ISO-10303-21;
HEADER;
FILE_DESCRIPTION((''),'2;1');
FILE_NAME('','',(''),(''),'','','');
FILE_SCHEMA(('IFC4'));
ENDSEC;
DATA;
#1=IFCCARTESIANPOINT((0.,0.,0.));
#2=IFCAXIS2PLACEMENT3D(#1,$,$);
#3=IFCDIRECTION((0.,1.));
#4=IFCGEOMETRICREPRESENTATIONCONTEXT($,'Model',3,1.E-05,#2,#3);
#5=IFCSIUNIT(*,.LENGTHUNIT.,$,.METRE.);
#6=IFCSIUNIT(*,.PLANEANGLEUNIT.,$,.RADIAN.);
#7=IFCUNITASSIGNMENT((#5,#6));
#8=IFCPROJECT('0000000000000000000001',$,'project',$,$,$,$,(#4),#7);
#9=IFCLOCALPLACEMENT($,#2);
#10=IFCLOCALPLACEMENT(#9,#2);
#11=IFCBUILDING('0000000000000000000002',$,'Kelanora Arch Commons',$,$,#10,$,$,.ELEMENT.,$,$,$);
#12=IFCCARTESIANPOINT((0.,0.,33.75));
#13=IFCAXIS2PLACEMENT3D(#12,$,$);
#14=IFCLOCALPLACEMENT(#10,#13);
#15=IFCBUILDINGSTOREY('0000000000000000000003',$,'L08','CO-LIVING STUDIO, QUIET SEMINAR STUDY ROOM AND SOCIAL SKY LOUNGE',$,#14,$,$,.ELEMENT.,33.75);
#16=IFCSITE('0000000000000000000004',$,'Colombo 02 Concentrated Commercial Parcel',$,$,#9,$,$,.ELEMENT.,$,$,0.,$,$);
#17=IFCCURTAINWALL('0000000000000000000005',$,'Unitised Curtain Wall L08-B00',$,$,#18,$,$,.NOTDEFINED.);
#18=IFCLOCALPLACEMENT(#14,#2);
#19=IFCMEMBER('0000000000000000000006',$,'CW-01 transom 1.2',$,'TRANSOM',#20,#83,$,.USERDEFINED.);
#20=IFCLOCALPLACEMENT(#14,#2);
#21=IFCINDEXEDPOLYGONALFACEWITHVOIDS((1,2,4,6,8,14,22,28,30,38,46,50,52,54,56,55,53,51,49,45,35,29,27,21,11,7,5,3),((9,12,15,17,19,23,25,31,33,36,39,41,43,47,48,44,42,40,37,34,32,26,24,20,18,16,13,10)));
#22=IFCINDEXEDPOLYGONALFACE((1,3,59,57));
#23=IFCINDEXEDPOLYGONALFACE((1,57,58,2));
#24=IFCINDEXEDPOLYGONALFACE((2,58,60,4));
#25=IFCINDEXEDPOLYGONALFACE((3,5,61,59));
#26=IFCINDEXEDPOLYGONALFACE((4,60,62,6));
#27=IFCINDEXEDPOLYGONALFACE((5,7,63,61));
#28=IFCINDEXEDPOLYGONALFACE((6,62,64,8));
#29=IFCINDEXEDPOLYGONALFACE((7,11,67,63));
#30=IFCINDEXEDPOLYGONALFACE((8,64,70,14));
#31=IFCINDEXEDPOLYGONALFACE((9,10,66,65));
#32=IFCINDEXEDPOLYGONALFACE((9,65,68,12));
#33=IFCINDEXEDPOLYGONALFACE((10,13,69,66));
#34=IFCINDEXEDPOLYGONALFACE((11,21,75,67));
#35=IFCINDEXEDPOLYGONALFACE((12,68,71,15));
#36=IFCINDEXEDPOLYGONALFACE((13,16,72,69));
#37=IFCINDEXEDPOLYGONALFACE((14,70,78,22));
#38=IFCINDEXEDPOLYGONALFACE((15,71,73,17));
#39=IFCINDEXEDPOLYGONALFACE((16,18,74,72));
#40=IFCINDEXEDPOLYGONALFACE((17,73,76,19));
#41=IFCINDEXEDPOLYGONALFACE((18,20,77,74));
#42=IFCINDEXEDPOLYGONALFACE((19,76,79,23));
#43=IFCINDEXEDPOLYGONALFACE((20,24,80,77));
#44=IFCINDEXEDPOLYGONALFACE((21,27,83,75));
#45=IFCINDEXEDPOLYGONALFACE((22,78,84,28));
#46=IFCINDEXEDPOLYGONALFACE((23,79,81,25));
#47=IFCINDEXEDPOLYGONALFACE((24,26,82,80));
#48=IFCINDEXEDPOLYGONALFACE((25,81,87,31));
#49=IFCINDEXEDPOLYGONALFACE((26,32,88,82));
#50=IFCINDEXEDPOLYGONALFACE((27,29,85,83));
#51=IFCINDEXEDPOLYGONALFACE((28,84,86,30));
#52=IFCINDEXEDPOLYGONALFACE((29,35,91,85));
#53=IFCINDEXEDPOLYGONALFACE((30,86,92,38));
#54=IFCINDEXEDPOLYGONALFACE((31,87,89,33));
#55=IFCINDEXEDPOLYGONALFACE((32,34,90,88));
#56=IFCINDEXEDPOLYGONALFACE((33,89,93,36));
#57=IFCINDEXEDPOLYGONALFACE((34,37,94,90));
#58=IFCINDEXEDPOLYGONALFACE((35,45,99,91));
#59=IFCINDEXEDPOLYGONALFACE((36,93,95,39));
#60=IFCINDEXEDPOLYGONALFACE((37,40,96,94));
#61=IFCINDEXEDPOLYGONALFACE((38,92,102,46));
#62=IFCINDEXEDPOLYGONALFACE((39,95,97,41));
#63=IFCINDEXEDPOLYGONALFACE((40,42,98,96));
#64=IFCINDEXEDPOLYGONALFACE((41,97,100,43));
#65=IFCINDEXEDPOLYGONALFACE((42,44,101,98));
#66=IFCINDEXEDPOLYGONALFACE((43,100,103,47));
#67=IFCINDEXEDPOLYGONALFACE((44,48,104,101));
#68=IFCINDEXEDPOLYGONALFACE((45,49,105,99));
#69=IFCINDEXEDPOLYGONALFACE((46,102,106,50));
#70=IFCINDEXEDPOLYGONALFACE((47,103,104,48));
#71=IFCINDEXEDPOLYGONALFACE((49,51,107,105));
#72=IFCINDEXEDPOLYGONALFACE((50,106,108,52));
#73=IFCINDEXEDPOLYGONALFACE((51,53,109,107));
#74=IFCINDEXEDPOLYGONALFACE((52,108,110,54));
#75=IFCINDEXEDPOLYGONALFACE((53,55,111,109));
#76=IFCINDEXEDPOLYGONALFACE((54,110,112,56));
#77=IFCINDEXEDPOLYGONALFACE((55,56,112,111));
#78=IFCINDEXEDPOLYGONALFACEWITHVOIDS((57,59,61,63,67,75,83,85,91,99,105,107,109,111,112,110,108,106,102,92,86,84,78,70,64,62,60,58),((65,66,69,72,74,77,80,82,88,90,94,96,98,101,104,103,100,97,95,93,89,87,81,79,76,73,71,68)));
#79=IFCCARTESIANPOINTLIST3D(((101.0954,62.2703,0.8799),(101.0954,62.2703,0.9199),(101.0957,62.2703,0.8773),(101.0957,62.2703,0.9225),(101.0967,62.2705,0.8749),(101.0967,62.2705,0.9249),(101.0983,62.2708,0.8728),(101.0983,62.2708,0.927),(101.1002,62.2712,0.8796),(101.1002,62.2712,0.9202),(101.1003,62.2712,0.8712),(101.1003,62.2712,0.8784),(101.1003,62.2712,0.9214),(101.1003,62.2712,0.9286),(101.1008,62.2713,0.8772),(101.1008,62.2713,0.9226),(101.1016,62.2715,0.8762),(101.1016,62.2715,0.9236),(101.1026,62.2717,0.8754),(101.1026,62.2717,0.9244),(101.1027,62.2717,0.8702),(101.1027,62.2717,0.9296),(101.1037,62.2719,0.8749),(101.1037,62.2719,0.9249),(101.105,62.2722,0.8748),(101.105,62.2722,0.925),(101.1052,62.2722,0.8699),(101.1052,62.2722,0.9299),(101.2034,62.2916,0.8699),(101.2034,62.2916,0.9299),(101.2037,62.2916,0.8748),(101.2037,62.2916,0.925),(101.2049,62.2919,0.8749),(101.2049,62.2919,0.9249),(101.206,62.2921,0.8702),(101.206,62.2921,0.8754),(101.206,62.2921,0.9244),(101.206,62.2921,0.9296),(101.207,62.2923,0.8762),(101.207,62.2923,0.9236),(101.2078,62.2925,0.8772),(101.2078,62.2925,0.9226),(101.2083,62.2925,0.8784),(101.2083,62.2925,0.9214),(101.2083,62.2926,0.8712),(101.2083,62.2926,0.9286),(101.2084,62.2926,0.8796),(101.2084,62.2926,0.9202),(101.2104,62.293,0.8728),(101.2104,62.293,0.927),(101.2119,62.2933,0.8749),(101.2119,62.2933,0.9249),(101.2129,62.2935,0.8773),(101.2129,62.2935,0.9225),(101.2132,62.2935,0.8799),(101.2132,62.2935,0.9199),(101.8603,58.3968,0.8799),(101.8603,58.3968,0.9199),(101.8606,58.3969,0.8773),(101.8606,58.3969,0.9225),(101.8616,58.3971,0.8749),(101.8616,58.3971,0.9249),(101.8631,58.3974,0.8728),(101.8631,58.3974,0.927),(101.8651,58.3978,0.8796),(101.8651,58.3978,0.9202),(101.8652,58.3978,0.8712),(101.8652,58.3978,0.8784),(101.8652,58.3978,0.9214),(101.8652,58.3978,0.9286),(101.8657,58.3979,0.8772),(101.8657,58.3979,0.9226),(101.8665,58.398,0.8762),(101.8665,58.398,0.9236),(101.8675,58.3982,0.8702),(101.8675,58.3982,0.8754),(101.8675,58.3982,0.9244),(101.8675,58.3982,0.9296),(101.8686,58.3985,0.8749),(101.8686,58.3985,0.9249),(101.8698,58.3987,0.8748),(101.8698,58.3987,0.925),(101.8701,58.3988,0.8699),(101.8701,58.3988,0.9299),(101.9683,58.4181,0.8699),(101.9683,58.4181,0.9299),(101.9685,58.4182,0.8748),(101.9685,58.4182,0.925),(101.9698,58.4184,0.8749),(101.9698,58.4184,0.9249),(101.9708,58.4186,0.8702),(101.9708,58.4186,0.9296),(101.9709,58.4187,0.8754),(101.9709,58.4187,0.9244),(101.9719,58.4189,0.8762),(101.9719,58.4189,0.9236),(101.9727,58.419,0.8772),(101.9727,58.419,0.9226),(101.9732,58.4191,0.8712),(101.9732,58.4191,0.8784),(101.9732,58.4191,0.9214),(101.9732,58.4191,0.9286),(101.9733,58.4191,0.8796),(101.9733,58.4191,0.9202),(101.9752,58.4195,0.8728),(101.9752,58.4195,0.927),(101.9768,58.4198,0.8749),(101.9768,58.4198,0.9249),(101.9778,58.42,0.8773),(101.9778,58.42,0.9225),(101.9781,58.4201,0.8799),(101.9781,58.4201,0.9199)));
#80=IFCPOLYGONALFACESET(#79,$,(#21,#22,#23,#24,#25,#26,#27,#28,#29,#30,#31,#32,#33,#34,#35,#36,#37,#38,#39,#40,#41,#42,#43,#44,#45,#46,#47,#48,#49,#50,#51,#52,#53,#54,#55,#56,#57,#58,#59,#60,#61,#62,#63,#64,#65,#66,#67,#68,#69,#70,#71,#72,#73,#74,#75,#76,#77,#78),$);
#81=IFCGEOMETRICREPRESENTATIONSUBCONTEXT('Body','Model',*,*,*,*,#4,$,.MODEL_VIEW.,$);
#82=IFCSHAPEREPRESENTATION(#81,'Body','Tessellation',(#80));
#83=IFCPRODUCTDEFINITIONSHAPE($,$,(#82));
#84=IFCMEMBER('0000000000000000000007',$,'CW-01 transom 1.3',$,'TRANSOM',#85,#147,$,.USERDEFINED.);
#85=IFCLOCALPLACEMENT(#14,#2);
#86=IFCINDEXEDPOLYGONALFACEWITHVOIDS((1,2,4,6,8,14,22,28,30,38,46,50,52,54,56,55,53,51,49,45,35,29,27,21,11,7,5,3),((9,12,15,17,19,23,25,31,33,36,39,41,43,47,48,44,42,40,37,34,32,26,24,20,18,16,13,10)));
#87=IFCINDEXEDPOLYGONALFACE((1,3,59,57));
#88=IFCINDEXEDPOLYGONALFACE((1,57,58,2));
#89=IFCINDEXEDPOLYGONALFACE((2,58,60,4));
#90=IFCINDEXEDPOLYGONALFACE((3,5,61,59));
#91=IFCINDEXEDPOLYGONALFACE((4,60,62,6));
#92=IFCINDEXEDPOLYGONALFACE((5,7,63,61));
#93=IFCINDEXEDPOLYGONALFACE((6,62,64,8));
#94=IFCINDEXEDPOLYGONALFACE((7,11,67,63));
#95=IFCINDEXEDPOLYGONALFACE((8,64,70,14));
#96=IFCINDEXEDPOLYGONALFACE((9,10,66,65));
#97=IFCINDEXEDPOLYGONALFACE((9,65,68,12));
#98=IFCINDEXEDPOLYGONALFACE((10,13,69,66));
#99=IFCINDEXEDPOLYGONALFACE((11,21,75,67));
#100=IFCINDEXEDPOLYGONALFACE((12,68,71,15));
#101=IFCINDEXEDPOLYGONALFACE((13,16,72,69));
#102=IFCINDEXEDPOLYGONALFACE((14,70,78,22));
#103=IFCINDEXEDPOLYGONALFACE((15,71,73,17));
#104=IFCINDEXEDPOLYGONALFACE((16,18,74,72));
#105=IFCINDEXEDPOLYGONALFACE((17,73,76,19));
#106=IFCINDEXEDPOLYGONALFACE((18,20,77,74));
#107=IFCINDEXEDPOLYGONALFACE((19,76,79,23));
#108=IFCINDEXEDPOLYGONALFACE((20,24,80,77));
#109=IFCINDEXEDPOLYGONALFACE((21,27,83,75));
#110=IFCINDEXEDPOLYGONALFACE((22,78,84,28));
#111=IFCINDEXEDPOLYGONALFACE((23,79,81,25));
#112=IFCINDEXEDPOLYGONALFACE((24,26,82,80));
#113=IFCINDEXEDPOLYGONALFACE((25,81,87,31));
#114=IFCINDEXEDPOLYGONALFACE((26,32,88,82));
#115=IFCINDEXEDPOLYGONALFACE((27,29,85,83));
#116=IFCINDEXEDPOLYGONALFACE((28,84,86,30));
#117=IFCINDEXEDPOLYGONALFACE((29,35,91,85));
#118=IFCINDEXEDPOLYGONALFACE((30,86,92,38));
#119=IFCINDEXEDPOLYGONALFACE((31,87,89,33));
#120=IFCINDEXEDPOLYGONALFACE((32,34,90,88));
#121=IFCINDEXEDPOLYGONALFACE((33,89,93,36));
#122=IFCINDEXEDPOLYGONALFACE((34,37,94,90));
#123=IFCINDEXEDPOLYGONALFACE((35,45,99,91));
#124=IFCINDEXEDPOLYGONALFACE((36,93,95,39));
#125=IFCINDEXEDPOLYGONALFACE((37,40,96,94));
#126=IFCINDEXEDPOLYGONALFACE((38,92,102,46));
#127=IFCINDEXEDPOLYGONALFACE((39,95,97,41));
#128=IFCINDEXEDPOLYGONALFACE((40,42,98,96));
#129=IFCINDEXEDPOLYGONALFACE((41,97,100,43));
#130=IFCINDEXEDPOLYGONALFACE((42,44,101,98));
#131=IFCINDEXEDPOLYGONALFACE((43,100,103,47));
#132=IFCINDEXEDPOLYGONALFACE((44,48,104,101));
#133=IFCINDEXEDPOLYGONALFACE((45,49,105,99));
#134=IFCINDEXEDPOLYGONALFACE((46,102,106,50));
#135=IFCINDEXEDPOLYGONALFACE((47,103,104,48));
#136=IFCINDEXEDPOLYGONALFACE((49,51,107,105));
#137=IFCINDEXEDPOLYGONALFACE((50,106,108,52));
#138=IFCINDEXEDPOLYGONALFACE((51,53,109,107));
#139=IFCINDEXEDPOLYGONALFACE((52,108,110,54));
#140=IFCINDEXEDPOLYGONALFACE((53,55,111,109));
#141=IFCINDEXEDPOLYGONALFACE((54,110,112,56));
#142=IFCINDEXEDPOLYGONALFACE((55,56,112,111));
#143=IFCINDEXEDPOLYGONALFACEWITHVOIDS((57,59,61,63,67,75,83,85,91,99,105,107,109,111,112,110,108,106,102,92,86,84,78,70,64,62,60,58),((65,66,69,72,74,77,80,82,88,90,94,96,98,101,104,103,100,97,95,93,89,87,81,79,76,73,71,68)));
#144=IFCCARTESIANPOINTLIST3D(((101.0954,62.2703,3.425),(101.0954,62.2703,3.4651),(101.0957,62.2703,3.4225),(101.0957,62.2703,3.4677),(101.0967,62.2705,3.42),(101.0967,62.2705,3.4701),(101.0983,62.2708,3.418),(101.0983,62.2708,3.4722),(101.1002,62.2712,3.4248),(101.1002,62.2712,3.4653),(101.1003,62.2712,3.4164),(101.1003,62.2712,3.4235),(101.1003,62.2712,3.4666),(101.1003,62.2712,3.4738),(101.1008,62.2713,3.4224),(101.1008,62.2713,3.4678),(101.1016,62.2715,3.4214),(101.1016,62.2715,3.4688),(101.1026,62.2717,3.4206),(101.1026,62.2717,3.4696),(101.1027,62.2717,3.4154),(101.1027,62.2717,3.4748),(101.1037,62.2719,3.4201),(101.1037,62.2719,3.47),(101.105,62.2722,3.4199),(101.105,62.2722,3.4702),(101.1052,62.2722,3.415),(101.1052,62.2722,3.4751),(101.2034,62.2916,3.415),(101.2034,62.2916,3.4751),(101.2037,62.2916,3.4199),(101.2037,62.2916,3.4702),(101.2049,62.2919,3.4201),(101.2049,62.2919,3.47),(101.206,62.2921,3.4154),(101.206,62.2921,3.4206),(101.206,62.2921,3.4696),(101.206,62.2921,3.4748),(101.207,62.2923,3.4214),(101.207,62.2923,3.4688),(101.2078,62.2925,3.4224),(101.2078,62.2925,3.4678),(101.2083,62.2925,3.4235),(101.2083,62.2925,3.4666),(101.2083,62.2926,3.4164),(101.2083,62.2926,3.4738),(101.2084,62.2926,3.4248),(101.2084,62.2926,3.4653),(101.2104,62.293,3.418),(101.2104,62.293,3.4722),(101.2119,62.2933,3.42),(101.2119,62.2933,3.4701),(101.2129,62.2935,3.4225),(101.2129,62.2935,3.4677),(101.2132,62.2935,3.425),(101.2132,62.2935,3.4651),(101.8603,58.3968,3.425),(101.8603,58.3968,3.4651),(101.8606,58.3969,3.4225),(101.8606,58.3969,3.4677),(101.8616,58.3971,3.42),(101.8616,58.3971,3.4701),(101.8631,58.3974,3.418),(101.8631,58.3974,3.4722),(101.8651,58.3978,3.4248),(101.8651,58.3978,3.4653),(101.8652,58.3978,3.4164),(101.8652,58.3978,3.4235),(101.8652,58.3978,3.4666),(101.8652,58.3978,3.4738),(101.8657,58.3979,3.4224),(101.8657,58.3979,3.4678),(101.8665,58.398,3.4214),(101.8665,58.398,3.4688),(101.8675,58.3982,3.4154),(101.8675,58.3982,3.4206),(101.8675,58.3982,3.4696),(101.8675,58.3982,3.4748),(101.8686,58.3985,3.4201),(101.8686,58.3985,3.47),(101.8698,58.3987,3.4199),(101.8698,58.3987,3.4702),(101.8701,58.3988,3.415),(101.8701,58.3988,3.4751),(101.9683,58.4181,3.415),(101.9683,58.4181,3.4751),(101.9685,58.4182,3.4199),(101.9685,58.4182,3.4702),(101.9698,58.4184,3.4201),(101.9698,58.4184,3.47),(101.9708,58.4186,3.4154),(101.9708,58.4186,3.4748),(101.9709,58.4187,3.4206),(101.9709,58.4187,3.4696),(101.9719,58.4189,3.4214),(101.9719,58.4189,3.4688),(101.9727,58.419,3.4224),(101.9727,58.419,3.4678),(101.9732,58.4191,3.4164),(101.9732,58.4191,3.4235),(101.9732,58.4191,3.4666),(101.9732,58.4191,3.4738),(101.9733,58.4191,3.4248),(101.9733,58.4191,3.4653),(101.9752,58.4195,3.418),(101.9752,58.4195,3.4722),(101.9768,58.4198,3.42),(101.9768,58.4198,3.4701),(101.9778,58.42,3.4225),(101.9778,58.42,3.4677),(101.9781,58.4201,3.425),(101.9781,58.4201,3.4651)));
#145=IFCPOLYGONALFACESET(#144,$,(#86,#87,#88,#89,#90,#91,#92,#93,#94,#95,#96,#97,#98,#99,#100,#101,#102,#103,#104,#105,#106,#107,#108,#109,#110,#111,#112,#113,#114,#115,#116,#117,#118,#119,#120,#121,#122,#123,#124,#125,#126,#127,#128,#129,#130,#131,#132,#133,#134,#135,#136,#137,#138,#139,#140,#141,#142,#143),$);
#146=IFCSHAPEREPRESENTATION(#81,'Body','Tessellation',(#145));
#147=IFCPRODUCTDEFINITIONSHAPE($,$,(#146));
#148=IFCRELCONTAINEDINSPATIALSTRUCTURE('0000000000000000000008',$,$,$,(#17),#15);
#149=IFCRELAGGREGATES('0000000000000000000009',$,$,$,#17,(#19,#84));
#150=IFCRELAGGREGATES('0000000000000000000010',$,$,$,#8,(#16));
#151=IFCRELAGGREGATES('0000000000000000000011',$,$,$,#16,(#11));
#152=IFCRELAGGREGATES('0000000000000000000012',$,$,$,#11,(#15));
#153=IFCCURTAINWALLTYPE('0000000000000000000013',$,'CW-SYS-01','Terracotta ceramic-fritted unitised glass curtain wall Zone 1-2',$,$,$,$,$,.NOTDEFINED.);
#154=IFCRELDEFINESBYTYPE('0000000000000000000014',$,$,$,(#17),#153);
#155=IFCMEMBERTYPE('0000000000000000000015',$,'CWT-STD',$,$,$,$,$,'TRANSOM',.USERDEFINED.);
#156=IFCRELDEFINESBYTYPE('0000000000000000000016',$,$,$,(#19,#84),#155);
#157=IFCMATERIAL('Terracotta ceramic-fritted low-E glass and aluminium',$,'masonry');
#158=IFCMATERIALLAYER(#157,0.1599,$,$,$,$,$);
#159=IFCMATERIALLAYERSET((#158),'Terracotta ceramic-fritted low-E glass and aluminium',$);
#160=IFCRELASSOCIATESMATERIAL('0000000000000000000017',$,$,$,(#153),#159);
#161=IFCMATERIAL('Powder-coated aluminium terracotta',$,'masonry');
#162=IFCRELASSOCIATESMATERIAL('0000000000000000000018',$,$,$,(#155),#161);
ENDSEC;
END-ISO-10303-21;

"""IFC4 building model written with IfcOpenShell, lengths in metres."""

from ifc_helpers import new_model, si_unit, direction, frame, origin, origin_2d, place, context, subcontext, project, spatial, hollow_rectangle, extrude, material, layer, layer_set, material_profile, profile_set, type_object, element, aggregate, save


model = new_model("IFC4")

# Units and contexts
model_context = context("Model", 3, precision=1e-05, world=origin(), true_north=direction((0.0, 1.0)))
body_context = subcontext(model_context, "Body", "Model", "MODEL_VIEW")
ifc_project = project(units=[si_unit("LENGTHUNIT", "METRE"), si_unit("PLANEANGLEUNIT", "RADIAN")], contexts=[model_context])

# Site, building, storey
site_placement = place(None, origin())
site = spatial("IfcSite", under=ifc_project, at=site_placement, Name="Colombo 02 Concentrated Commercial Parcel", CompositionType="ELEMENT", RefElevation=0.0)
building_placement = place(site_placement, origin())
building = spatial("IfcBuilding", under=site, at=building_placement, Name="Kelanora Arch Commons", CompositionType="ELEMENT")
storey_placement = place(building_placement, frame((0.0, 0.0, 33.75)))
storey = spatial("IfcBuildingStorey", under=building, at=storey_placement, Name="L08", Description="CO-LIVING STUDIO, QUIET SEMINAR STUDY ROOM AND SOCIAL SKY LOUNGE", CompositionType="ELEMENT", Elevation=33.75)

# Curtain wall, members
ifc_material_1 = material(Name="Terracotta ceramic-fritted low-E glass and aluminium", Category="masonry")
ifc_layer_1 = layer(ifc_material_1, 0.1599)
ifc_layer_set_1 = layer_set([ifc_layer_1], Name="Terracotta ceramic-fritted low-E glass and aluminium")
curtain_wall_type = type_object("IfcCurtainWallType", Name="CW-SYS-01", Description="Terracotta ceramic-fritted unitised glass curtain wall Zone 1-2", PredefinedType="NOTDEFINED", material=ifc_layer_set_1)
curtain_wall_placement = place(storey_placement, origin())
curtain_wall = element("IfcCurtainWall", 1, at=curtain_wall_placement, inside=storey, type_object=curtain_wall_type, Name="Unitised Curtain Wall L08-B00", PredefinedType="NOTDEFINED")
ifc_material_2 = material(Name="Powder-coated aluminium terracotta", Category="masonry")
ifc_material_profile_1 = material_profile(ifc_material_2, hollow_rectangle(XDim=0.1201, YDim=0.0601, WallThickness=0.0049, InnerFilletRadius=0.0049, OuterFilletRadius=0.01, at=origin_2d()), Name="CWT120x60")
ifc_profile_set_1 = profile_set([ifc_material_profile_1], Name="Powder-coated aluminium terracotta")
member_type_1 = type_object("IfcMemberType", Name="CWT-STD", ElementType="TRANSOM", PredefinedType="USERDEFINED", material=ifc_profile_set_1)
member_1_placement = place(storey_placement, frame((101.9192, 58.4084, 0.8999), z_axis=(-0.193725, 0.981056, 0.0), x_axis=(-0.981056, -0.193725, 0.0)))
member_1 = element("IfcMember", 2, at=member_1_placement, type_object=member_type_1, Name="CW-01 transom 1.2", ObjectType="TRANSOM", PredefinedType="USERDEFINED", context=body_context, shape_type="SweptSolid", body=[
    extrude(hollow_rectangle(XDim=0.1201, YDim=0.0601, WallThickness=0.0049, InnerFilletRadius=0.0049, OuterFilletRadius=0.01, at=origin_2d()), origin(), (0.0, 0.0, 1.0), 3.9482),
])
member_2_placement = place(storey_placement, frame((101.9192, 58.4084, 3.4451), z_axis=(-0.193725, 0.981056, 0.0), x_axis=(-0.981056, -0.193725, 0.0)))
member_2 = element("IfcMember", 3, at=member_2_placement, type_object=member_type_1, Name="CW-01 transom 1.3", ObjectType="TRANSOM", PredefinedType="USERDEFINED", context=body_context, shape_type="SweptSolid", body=[
    extrude(hollow_rectangle(XDim=0.1201, YDim=0.0601, WallThickness=0.0049, InnerFilletRadius=0.0049, OuterFilletRadius=0.01, at=origin_2d()), origin(), (0.0, 0.0, 1.0), 3.9482),
])
aggregate(curtain_wall, [member_1, member_2])

save(model, "model.ifc")
